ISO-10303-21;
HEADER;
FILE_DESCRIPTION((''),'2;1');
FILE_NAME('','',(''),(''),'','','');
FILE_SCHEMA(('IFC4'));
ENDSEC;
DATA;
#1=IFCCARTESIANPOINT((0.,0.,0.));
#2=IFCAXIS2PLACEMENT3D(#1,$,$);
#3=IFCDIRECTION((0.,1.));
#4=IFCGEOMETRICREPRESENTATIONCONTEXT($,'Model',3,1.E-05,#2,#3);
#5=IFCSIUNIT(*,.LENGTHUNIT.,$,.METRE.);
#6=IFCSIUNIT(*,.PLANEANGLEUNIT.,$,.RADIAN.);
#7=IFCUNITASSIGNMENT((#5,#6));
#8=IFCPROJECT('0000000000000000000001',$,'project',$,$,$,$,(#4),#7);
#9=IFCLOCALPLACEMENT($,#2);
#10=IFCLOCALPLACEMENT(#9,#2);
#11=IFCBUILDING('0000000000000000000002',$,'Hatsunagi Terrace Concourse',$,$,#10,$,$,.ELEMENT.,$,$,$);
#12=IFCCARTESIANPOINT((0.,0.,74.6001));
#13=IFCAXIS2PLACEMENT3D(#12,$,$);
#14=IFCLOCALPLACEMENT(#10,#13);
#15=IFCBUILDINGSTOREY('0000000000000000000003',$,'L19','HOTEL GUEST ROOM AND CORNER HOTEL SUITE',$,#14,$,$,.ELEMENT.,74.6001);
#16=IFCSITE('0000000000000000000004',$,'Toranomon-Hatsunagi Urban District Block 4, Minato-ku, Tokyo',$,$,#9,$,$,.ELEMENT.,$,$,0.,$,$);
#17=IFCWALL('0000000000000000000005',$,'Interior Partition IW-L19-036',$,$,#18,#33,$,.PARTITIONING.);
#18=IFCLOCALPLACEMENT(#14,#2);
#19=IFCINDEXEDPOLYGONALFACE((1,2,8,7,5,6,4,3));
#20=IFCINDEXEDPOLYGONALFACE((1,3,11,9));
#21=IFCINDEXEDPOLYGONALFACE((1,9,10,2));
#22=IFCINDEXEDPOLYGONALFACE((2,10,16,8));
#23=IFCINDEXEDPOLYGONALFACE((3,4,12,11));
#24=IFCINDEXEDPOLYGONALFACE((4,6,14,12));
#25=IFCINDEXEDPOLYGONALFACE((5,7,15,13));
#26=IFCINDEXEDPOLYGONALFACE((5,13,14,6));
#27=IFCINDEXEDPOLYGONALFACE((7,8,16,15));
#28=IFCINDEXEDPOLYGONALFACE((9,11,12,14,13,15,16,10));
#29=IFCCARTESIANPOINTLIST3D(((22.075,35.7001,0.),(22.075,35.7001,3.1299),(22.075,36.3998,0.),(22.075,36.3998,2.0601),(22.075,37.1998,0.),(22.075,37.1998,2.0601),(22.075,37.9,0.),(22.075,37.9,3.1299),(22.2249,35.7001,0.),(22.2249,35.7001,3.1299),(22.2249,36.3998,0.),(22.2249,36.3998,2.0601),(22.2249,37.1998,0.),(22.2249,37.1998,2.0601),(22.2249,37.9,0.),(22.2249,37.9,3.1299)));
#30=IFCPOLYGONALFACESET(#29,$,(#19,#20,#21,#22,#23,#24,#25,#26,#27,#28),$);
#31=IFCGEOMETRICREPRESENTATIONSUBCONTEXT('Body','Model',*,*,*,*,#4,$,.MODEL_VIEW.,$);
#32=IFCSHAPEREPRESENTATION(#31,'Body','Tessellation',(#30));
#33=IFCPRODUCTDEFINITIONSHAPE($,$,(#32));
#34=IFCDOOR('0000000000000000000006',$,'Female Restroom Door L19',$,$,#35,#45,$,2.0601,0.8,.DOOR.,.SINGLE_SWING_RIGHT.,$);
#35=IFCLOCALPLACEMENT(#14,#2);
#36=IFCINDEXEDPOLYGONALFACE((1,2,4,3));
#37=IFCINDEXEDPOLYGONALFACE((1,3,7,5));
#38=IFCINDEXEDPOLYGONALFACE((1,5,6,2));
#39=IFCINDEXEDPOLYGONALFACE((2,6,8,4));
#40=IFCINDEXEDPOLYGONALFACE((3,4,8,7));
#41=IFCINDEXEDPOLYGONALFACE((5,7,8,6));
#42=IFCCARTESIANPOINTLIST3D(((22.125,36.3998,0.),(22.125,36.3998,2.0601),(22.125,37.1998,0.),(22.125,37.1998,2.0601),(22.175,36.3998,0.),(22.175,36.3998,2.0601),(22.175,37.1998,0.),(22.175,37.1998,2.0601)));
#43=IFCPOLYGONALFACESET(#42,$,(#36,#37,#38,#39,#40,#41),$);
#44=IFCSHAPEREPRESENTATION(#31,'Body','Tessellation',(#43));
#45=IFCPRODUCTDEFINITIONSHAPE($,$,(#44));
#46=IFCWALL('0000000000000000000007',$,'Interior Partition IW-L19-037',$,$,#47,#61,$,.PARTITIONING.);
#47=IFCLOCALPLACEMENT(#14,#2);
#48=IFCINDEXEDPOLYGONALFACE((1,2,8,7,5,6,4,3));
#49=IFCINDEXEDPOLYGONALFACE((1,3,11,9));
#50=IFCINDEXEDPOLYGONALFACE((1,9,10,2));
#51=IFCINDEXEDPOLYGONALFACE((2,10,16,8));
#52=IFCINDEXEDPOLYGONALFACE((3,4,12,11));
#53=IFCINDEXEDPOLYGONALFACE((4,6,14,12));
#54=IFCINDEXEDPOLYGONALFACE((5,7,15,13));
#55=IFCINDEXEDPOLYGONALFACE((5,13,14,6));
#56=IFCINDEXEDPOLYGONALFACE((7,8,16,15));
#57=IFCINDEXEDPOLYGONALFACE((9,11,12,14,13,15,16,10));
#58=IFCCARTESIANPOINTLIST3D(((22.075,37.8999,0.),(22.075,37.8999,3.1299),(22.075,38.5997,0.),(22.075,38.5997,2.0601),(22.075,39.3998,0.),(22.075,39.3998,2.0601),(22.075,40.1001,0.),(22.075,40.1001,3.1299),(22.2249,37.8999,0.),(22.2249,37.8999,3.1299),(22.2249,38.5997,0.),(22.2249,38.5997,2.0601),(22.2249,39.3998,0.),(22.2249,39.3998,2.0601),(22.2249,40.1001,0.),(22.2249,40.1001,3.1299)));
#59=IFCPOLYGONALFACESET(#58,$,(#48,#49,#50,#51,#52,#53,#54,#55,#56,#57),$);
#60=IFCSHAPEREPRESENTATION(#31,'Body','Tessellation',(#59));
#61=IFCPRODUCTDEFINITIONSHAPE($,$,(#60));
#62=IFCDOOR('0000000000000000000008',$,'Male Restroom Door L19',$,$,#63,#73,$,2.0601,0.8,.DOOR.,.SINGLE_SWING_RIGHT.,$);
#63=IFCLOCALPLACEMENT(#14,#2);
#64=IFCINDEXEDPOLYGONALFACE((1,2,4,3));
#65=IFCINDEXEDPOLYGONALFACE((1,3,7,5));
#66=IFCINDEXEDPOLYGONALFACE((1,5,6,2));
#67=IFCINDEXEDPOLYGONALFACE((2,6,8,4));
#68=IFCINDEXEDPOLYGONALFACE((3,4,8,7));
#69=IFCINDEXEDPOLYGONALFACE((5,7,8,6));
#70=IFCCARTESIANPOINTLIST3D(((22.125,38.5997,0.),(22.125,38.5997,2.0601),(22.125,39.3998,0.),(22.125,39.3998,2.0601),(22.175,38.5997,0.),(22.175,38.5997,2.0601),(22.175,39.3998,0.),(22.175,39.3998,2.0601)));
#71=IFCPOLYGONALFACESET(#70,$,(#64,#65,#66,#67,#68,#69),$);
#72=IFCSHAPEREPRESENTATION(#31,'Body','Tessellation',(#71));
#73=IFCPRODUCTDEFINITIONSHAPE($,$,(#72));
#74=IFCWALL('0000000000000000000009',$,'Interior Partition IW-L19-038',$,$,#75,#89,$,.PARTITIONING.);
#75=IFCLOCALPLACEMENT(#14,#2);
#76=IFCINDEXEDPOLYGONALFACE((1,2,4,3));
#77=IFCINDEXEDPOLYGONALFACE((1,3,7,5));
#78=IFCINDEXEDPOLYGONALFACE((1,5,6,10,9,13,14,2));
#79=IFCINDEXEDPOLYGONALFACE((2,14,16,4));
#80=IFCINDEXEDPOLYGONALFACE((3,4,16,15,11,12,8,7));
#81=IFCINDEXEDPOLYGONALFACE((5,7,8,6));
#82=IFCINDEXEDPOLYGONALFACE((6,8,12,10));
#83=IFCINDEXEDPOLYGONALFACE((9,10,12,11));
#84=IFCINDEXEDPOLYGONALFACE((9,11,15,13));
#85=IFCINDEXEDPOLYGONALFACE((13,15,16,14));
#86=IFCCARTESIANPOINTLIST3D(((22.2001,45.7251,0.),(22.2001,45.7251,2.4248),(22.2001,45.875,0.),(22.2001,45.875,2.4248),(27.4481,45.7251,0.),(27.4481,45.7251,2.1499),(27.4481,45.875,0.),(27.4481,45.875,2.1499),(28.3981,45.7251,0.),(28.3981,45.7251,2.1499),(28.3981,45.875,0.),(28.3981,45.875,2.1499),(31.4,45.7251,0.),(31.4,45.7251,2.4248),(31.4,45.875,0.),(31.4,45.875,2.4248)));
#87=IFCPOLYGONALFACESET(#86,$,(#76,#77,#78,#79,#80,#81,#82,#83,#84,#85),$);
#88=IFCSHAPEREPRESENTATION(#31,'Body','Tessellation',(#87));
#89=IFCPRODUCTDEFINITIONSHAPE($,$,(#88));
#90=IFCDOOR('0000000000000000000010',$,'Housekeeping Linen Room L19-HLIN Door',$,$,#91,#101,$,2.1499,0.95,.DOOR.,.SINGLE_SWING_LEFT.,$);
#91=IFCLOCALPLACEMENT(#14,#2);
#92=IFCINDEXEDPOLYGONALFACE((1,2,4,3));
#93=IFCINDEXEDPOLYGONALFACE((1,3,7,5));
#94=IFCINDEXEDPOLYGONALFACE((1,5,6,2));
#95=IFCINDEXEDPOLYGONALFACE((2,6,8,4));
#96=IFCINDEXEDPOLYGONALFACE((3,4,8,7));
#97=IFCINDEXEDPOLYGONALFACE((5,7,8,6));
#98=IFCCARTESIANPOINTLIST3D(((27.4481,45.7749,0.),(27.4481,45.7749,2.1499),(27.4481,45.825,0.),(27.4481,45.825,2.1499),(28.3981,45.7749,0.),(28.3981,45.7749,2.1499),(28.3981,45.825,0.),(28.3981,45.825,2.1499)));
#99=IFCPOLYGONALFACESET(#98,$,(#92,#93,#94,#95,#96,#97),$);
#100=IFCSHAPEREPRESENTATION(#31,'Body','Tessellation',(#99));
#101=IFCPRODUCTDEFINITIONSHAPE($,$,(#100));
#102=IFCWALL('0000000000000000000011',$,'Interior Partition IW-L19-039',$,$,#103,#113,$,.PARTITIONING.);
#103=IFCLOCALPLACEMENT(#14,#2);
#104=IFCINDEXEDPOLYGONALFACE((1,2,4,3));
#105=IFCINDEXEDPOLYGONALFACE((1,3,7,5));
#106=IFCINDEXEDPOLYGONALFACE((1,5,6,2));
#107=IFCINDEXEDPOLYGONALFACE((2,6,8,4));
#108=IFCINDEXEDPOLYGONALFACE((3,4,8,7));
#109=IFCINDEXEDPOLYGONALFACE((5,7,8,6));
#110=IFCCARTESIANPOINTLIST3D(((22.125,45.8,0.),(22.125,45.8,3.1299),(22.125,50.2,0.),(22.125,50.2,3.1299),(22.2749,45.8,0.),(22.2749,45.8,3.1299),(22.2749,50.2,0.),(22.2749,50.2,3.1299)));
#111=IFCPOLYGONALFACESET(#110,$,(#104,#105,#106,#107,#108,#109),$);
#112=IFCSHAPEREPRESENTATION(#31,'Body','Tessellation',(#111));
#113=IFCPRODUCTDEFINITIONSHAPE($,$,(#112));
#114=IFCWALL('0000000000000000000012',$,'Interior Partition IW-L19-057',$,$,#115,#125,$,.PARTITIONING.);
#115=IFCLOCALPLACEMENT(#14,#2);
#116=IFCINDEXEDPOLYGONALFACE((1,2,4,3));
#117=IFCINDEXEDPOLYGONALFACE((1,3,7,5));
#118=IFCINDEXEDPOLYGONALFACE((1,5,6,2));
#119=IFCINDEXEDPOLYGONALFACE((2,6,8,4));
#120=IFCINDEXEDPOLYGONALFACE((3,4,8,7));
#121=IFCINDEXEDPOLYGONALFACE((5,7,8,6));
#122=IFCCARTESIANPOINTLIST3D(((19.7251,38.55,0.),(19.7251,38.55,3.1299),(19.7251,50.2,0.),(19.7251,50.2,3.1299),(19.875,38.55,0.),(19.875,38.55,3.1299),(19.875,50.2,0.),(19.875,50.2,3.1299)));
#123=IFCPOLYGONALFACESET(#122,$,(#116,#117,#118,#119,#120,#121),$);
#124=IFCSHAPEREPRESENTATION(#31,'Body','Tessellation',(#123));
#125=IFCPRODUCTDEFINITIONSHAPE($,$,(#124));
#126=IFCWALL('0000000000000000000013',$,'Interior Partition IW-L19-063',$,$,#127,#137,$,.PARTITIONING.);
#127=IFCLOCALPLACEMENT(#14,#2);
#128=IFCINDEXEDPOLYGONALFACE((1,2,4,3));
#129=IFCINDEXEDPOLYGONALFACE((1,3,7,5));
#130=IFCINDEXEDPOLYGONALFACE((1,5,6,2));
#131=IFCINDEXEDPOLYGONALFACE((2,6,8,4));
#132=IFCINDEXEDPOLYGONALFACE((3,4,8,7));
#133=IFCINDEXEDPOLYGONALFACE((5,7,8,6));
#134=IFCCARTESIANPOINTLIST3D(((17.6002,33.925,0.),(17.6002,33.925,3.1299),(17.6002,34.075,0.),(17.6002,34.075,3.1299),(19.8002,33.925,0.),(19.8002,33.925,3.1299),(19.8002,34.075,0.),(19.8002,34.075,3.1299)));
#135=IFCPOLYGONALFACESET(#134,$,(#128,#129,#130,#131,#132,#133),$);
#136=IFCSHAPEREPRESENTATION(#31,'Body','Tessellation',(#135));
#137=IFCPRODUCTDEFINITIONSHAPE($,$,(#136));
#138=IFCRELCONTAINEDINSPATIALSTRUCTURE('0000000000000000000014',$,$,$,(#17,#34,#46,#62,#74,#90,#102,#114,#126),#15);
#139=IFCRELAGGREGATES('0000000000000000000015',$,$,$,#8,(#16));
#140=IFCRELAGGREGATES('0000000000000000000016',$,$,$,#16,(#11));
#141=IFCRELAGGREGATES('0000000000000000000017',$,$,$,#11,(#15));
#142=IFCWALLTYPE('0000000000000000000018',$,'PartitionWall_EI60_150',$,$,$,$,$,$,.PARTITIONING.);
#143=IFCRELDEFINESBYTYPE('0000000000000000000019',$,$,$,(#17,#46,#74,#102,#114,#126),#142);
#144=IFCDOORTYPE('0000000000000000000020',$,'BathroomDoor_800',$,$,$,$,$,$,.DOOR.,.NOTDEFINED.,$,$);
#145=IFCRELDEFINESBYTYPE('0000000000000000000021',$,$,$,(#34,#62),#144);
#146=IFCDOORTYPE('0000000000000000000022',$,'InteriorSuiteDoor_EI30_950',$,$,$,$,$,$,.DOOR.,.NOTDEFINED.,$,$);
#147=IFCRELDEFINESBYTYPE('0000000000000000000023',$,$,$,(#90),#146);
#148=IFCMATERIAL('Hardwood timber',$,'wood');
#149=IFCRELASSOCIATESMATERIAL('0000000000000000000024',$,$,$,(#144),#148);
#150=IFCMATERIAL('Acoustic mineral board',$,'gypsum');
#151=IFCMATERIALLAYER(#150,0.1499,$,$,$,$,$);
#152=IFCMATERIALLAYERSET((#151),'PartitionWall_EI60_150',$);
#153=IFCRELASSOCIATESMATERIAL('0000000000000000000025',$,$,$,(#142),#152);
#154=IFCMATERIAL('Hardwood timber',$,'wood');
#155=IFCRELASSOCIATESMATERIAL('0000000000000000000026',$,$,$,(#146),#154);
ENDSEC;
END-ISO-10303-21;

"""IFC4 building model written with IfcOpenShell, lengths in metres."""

from ifc_helpers import new_model, si_unit, direction, frame, frame_2d, origin, place, context, subcontext, project, spatial, rectangle, extrude, material, layer, layer_set, type_object, element, fill, save


model = new_model("IFC4")

# Units and contexts
model_context = context("Model", 3, precision=1e-05, world=origin(), true_north=direction((0.0, 1.0)))
body_context = subcontext(model_context, "Body", "Model", "MODEL_VIEW")
ifc_project = project(units=[si_unit("LENGTHUNIT", "METRE"), si_unit("PLANEANGLEUNIT", "RADIAN")], contexts=[model_context])

# Site, building, storey
site_placement = place(None, origin())
site = spatial("IfcSite", under=ifc_project, at=site_placement, Name="Toranomon-Hatsunagi Urban District Block 4, Minato-ku, Tokyo", CompositionType="ELEMENT", RefElevation=0.0)
building_placement = place(site_placement, origin())
building = spatial("IfcBuilding", under=site, at=building_placement, Name="Hatsunagi Terrace Concourse", CompositionType="ELEMENT")
storey_placement = place(building_placement, frame((0.0, 0.0, 74.6001)))
storey = spatial("IfcBuildingStorey", under=building, at=storey_placement, Name="L19", Description="HOTEL GUEST ROOM AND CORNER HOTEL SUITE", CompositionType="ELEMENT", Elevation=74.6001)

# Shared definitions
ifc_material_1 = material(Name="Hardwood timber", Category="wood")
door_type_1 = type_object("IfcDoorType", Name="BathroomDoor_800", OperationType="NOTDEFINED", PredefinedType="DOOR", material=ifc_material_1)

# Shared definitions
ifc_material_2 = material(Name="Acoustic mineral board", Category="gypsum")
ifc_layer_1 = layer(ifc_material_2, 0.1499)
ifc_layer_set_1 = layer_set([ifc_layer_1], Name="PartitionWall_EI60_150")
wall_type_1 = type_object("IfcWallType", Name="PartitionWall_EI60_150", PredefinedType="PARTITIONING", material=ifc_layer_set_1)

# Walls, openings, doors
wall_1_placement = place(storey_placement, frame((22.1499, 35.7, 0.0), z_axis=(0.0, 0.0, 1.0), x_axis=(0.0, 1.0, 0.0)))
wall_1 = element("IfcWall", 1, at=wall_1_placement, inside=storey, type_object=wall_type_1, Name="Interior Partition IW-L19-036", PredefinedType="PARTITIONING", context=body_context, shape_type="SweptSolid", body=[
    extrude(rectangle(XDim=2.2, YDim=0.1499, at=frame_2d((1.1001, 0.0))), origin(), (0.0, 0.0, 1.0), 3.1299),
])
opening_1_placement = place(wall_1_placement, frame((0.7, 0.0, 0.0)))
opening_1 = element("IfcOpeningElement", 2, at=opening_1_placement, cuts=wall_1, PredefinedType="OPENING", context=body_context, shape_type="SweptSolid", body=[
    extrude(rectangle(XDim=0.8, YDim=2.0601, at=frame_2d((0.3999, 1.03))), frame((0.0, 0.085, 0.0), z_axis=(0.0, -1.0, 0.0), x_axis=(1.0, 0.0, 0.0)), (0.0, 0.0, 1.0), 0.1699),
])
door_1_placement = place(opening_1_placement, origin())
door_1 = element("IfcDoor", 3, at=door_1_placement, inside=storey, type_object=door_type_1, Name="Female Restroom Door L19", OperationType="SINGLE_SWING_RIGHT", OverallHeight=2.0601, OverallWidth=0.8, PredefinedType="DOOR", context=body_context, shape_type="SweptSolid", body=[
    extrude(rectangle(XDim=0.8, YDim=2.0601, at=frame_2d((0.3999, 1.03))), frame((0.0, 0.0249, 0.0), z_axis=(0.0, -1.0, 0.0), x_axis=(1.0, 0.0, 0.0)), (0.0, 0.0, 1.0), 0.05),
])
fill(opening_1, door_1)
wall_2_placement = place(storey_placement, frame((22.1499, 37.8999, 0.0), z_axis=(0.0, 0.0, 1.0), x_axis=(0.0, 1.0, 0.0)))
wall_2 = element("IfcWall", 4, at=wall_2_placement, inside=storey, type_object=wall_type_1, Name="Interior Partition IW-L19-037", PredefinedType="PARTITIONING", context=body_context, shape_type="SweptSolid", body=[
    extrude(rectangle(XDim=2.2002, YDim=0.1499, at=frame_2d((1.1001, 0.0))), origin(), (0.0, 0.0, 1.0), 3.1299),
])
opening_2_placement = place(wall_2_placement, frame((0.7, 0.0, 0.0)))
opening_2 = element("IfcOpeningElement", 5, at=opening_2_placement, cuts=wall_2, PredefinedType="OPENING", context=body_context, shape_type="SweptSolid", body=[
    extrude(rectangle(XDim=0.8, YDim=2.0601, at=frame_2d((0.3999, 1.03))), frame((0.0, 0.085, 0.0), z_axis=(0.0, -1.0, 0.0), x_axis=(1.0, 0.0, 0.0)), (0.0, 0.0, 1.0), 0.1699),
])
door_2_placement = place(opening_2_placement, origin())
door_2 = element("IfcDoor", 6, at=door_2_placement, inside=storey, type_object=door_type_1, Name="Male Restroom Door L19", OperationType="SINGLE_SWING_RIGHT", OverallHeight=2.0601, OverallWidth=0.8, PredefinedType="DOOR", context=body_context, shape_type="SweptSolid", body=[
    extrude(rectangle(XDim=0.8, YDim=2.0601, at=frame_2d((0.3999, 1.03))), frame((0.0, 0.0249, 0.0), z_axis=(0.0, -1.0, 0.0), x_axis=(1.0, 0.0, 0.0)), (0.0, 0.0, 1.0), 0.05),
])
fill(opening_2, door_2)
wall_3_placement = place(storey_placement, frame((22.2, 45.8, 0.0), z_axis=(0.0, 0.0, 1.0), x_axis=(1.0, 0.0, 0.0)))
wall_3 = element("IfcWall", 7, at=wall_3_placement, inside=storey, type_object=wall_type_1, Name="Interior Partition IW-L19-038", PredefinedType="PARTITIONING", context=body_context, shape_type="SweptSolid", body=[
    extrude(rectangle(XDim=9.2, YDim=0.1499, at=frame_2d((4.6001, 0.0))), origin(), (0.0, 0.0, 1.0), 2.4248),
])
opening_3_placement = place(wall_3_placement, frame((5.248, 0.0, 0.0)))
opening_3 = element("IfcOpeningElement", 8, at=opening_3_placement, cuts=wall_3, PredefinedType="OPENING", context=body_context, shape_type="SweptSolid", body=[
    extrude(rectangle(XDim=0.95, YDim=2.1499, at=frame_2d((0.4751, 1.075))), frame((0.0, 0.085, 0.0), z_axis=(0.0, -1.0, 0.0), x_axis=(1.0, 0.0, 0.0)), (0.0, 0.0, 1.0), 0.1699),
])
ifc_material_3 = material(Name="Hardwood timber", Category="wood")
door_type_2 = type_object("IfcDoorType", Name="InteriorSuiteDoor_EI30_950", OperationType="NOTDEFINED", PredefinedType="DOOR", material=ifc_material_3)
door_3_placement = place(opening_3_placement, origin())
door_3 = element("IfcDoor", 9, at=door_3_placement, inside=storey, type_object=door_type_2, Name="Housekeeping Linen Room L19-HLIN Door", OperationType="SINGLE_SWING_LEFT", OverallHeight=2.1499, OverallWidth=0.95, PredefinedType="DOOR", context=body_context, shape_type="SweptSolid", body=[
    extrude(rectangle(XDim=0.95, YDim=2.1499, at=frame_2d((0.4751, 1.075))), frame((0.0, 0.0249, 0.0), z_axis=(0.0, -1.0, 0.0), x_axis=(1.0, 0.0, 0.0)), (0.0, 0.0, 1.0), 0.05),
])
fill(opening_3, door_3)

# Wall
wall_4_placement = place(storey_placement, frame((22.2, 45.8, 0.0), z_axis=(0.0, 0.0, 1.0), x_axis=(0.0, 1.0, 0.0)))
element("IfcWall", 10, at=wall_4_placement, inside=storey, type_object=wall_type_1, Name="Interior Partition IW-L19-039", PredefinedType="PARTITIONING", context=body_context, shape_type="SweptSolid", body=[
    extrude(rectangle(XDim=4.3999, YDim=0.1499, at=frame_2d((2.2, 0.0))), origin(), (0.0, 0.0, 1.0), 3.1299),
])

# Walls
wall_5_placement = place(storey_placement, frame((19.8, 38.55, 0.0), z_axis=(0.0, 0.0, 1.0), x_axis=(0.0, 1.0, 0.0)))
element("IfcWall", 11, at=wall_5_placement, inside=storey, type_object=wall_type_1, Name="Interior Partition IW-L19-057", PredefinedType="PARTITIONING", context=body_context, shape_type="SweptSolid", body=[
    extrude(rectangle(XDim=11.6499, YDim=0.1499, at=frame_2d((5.825, 0.0))), origin(), (0.0, 0.0, 1.0), 3.1299),
])
wall_6_placement = place(storey_placement, frame((17.6001, 34.0, 0.0), z_axis=(0.0, 0.0, 1.0), x_axis=(1.0, 0.0, 0.0)))
element("IfcWall", 12, at=wall_6_placement, inside=storey, type_object=wall_type_1, Name="Interior Partition IW-L19-063", PredefinedType="PARTITIONING", context=body_context, shape_type="SweptSolid", body=[
    extrude(rectangle(XDim=2.2, YDim=0.1499, at=frame_2d((1.1001, 0.0))), origin(), (0.0, 0.0, 1.0), 3.1299),
])

save(model, "model.ifc")
